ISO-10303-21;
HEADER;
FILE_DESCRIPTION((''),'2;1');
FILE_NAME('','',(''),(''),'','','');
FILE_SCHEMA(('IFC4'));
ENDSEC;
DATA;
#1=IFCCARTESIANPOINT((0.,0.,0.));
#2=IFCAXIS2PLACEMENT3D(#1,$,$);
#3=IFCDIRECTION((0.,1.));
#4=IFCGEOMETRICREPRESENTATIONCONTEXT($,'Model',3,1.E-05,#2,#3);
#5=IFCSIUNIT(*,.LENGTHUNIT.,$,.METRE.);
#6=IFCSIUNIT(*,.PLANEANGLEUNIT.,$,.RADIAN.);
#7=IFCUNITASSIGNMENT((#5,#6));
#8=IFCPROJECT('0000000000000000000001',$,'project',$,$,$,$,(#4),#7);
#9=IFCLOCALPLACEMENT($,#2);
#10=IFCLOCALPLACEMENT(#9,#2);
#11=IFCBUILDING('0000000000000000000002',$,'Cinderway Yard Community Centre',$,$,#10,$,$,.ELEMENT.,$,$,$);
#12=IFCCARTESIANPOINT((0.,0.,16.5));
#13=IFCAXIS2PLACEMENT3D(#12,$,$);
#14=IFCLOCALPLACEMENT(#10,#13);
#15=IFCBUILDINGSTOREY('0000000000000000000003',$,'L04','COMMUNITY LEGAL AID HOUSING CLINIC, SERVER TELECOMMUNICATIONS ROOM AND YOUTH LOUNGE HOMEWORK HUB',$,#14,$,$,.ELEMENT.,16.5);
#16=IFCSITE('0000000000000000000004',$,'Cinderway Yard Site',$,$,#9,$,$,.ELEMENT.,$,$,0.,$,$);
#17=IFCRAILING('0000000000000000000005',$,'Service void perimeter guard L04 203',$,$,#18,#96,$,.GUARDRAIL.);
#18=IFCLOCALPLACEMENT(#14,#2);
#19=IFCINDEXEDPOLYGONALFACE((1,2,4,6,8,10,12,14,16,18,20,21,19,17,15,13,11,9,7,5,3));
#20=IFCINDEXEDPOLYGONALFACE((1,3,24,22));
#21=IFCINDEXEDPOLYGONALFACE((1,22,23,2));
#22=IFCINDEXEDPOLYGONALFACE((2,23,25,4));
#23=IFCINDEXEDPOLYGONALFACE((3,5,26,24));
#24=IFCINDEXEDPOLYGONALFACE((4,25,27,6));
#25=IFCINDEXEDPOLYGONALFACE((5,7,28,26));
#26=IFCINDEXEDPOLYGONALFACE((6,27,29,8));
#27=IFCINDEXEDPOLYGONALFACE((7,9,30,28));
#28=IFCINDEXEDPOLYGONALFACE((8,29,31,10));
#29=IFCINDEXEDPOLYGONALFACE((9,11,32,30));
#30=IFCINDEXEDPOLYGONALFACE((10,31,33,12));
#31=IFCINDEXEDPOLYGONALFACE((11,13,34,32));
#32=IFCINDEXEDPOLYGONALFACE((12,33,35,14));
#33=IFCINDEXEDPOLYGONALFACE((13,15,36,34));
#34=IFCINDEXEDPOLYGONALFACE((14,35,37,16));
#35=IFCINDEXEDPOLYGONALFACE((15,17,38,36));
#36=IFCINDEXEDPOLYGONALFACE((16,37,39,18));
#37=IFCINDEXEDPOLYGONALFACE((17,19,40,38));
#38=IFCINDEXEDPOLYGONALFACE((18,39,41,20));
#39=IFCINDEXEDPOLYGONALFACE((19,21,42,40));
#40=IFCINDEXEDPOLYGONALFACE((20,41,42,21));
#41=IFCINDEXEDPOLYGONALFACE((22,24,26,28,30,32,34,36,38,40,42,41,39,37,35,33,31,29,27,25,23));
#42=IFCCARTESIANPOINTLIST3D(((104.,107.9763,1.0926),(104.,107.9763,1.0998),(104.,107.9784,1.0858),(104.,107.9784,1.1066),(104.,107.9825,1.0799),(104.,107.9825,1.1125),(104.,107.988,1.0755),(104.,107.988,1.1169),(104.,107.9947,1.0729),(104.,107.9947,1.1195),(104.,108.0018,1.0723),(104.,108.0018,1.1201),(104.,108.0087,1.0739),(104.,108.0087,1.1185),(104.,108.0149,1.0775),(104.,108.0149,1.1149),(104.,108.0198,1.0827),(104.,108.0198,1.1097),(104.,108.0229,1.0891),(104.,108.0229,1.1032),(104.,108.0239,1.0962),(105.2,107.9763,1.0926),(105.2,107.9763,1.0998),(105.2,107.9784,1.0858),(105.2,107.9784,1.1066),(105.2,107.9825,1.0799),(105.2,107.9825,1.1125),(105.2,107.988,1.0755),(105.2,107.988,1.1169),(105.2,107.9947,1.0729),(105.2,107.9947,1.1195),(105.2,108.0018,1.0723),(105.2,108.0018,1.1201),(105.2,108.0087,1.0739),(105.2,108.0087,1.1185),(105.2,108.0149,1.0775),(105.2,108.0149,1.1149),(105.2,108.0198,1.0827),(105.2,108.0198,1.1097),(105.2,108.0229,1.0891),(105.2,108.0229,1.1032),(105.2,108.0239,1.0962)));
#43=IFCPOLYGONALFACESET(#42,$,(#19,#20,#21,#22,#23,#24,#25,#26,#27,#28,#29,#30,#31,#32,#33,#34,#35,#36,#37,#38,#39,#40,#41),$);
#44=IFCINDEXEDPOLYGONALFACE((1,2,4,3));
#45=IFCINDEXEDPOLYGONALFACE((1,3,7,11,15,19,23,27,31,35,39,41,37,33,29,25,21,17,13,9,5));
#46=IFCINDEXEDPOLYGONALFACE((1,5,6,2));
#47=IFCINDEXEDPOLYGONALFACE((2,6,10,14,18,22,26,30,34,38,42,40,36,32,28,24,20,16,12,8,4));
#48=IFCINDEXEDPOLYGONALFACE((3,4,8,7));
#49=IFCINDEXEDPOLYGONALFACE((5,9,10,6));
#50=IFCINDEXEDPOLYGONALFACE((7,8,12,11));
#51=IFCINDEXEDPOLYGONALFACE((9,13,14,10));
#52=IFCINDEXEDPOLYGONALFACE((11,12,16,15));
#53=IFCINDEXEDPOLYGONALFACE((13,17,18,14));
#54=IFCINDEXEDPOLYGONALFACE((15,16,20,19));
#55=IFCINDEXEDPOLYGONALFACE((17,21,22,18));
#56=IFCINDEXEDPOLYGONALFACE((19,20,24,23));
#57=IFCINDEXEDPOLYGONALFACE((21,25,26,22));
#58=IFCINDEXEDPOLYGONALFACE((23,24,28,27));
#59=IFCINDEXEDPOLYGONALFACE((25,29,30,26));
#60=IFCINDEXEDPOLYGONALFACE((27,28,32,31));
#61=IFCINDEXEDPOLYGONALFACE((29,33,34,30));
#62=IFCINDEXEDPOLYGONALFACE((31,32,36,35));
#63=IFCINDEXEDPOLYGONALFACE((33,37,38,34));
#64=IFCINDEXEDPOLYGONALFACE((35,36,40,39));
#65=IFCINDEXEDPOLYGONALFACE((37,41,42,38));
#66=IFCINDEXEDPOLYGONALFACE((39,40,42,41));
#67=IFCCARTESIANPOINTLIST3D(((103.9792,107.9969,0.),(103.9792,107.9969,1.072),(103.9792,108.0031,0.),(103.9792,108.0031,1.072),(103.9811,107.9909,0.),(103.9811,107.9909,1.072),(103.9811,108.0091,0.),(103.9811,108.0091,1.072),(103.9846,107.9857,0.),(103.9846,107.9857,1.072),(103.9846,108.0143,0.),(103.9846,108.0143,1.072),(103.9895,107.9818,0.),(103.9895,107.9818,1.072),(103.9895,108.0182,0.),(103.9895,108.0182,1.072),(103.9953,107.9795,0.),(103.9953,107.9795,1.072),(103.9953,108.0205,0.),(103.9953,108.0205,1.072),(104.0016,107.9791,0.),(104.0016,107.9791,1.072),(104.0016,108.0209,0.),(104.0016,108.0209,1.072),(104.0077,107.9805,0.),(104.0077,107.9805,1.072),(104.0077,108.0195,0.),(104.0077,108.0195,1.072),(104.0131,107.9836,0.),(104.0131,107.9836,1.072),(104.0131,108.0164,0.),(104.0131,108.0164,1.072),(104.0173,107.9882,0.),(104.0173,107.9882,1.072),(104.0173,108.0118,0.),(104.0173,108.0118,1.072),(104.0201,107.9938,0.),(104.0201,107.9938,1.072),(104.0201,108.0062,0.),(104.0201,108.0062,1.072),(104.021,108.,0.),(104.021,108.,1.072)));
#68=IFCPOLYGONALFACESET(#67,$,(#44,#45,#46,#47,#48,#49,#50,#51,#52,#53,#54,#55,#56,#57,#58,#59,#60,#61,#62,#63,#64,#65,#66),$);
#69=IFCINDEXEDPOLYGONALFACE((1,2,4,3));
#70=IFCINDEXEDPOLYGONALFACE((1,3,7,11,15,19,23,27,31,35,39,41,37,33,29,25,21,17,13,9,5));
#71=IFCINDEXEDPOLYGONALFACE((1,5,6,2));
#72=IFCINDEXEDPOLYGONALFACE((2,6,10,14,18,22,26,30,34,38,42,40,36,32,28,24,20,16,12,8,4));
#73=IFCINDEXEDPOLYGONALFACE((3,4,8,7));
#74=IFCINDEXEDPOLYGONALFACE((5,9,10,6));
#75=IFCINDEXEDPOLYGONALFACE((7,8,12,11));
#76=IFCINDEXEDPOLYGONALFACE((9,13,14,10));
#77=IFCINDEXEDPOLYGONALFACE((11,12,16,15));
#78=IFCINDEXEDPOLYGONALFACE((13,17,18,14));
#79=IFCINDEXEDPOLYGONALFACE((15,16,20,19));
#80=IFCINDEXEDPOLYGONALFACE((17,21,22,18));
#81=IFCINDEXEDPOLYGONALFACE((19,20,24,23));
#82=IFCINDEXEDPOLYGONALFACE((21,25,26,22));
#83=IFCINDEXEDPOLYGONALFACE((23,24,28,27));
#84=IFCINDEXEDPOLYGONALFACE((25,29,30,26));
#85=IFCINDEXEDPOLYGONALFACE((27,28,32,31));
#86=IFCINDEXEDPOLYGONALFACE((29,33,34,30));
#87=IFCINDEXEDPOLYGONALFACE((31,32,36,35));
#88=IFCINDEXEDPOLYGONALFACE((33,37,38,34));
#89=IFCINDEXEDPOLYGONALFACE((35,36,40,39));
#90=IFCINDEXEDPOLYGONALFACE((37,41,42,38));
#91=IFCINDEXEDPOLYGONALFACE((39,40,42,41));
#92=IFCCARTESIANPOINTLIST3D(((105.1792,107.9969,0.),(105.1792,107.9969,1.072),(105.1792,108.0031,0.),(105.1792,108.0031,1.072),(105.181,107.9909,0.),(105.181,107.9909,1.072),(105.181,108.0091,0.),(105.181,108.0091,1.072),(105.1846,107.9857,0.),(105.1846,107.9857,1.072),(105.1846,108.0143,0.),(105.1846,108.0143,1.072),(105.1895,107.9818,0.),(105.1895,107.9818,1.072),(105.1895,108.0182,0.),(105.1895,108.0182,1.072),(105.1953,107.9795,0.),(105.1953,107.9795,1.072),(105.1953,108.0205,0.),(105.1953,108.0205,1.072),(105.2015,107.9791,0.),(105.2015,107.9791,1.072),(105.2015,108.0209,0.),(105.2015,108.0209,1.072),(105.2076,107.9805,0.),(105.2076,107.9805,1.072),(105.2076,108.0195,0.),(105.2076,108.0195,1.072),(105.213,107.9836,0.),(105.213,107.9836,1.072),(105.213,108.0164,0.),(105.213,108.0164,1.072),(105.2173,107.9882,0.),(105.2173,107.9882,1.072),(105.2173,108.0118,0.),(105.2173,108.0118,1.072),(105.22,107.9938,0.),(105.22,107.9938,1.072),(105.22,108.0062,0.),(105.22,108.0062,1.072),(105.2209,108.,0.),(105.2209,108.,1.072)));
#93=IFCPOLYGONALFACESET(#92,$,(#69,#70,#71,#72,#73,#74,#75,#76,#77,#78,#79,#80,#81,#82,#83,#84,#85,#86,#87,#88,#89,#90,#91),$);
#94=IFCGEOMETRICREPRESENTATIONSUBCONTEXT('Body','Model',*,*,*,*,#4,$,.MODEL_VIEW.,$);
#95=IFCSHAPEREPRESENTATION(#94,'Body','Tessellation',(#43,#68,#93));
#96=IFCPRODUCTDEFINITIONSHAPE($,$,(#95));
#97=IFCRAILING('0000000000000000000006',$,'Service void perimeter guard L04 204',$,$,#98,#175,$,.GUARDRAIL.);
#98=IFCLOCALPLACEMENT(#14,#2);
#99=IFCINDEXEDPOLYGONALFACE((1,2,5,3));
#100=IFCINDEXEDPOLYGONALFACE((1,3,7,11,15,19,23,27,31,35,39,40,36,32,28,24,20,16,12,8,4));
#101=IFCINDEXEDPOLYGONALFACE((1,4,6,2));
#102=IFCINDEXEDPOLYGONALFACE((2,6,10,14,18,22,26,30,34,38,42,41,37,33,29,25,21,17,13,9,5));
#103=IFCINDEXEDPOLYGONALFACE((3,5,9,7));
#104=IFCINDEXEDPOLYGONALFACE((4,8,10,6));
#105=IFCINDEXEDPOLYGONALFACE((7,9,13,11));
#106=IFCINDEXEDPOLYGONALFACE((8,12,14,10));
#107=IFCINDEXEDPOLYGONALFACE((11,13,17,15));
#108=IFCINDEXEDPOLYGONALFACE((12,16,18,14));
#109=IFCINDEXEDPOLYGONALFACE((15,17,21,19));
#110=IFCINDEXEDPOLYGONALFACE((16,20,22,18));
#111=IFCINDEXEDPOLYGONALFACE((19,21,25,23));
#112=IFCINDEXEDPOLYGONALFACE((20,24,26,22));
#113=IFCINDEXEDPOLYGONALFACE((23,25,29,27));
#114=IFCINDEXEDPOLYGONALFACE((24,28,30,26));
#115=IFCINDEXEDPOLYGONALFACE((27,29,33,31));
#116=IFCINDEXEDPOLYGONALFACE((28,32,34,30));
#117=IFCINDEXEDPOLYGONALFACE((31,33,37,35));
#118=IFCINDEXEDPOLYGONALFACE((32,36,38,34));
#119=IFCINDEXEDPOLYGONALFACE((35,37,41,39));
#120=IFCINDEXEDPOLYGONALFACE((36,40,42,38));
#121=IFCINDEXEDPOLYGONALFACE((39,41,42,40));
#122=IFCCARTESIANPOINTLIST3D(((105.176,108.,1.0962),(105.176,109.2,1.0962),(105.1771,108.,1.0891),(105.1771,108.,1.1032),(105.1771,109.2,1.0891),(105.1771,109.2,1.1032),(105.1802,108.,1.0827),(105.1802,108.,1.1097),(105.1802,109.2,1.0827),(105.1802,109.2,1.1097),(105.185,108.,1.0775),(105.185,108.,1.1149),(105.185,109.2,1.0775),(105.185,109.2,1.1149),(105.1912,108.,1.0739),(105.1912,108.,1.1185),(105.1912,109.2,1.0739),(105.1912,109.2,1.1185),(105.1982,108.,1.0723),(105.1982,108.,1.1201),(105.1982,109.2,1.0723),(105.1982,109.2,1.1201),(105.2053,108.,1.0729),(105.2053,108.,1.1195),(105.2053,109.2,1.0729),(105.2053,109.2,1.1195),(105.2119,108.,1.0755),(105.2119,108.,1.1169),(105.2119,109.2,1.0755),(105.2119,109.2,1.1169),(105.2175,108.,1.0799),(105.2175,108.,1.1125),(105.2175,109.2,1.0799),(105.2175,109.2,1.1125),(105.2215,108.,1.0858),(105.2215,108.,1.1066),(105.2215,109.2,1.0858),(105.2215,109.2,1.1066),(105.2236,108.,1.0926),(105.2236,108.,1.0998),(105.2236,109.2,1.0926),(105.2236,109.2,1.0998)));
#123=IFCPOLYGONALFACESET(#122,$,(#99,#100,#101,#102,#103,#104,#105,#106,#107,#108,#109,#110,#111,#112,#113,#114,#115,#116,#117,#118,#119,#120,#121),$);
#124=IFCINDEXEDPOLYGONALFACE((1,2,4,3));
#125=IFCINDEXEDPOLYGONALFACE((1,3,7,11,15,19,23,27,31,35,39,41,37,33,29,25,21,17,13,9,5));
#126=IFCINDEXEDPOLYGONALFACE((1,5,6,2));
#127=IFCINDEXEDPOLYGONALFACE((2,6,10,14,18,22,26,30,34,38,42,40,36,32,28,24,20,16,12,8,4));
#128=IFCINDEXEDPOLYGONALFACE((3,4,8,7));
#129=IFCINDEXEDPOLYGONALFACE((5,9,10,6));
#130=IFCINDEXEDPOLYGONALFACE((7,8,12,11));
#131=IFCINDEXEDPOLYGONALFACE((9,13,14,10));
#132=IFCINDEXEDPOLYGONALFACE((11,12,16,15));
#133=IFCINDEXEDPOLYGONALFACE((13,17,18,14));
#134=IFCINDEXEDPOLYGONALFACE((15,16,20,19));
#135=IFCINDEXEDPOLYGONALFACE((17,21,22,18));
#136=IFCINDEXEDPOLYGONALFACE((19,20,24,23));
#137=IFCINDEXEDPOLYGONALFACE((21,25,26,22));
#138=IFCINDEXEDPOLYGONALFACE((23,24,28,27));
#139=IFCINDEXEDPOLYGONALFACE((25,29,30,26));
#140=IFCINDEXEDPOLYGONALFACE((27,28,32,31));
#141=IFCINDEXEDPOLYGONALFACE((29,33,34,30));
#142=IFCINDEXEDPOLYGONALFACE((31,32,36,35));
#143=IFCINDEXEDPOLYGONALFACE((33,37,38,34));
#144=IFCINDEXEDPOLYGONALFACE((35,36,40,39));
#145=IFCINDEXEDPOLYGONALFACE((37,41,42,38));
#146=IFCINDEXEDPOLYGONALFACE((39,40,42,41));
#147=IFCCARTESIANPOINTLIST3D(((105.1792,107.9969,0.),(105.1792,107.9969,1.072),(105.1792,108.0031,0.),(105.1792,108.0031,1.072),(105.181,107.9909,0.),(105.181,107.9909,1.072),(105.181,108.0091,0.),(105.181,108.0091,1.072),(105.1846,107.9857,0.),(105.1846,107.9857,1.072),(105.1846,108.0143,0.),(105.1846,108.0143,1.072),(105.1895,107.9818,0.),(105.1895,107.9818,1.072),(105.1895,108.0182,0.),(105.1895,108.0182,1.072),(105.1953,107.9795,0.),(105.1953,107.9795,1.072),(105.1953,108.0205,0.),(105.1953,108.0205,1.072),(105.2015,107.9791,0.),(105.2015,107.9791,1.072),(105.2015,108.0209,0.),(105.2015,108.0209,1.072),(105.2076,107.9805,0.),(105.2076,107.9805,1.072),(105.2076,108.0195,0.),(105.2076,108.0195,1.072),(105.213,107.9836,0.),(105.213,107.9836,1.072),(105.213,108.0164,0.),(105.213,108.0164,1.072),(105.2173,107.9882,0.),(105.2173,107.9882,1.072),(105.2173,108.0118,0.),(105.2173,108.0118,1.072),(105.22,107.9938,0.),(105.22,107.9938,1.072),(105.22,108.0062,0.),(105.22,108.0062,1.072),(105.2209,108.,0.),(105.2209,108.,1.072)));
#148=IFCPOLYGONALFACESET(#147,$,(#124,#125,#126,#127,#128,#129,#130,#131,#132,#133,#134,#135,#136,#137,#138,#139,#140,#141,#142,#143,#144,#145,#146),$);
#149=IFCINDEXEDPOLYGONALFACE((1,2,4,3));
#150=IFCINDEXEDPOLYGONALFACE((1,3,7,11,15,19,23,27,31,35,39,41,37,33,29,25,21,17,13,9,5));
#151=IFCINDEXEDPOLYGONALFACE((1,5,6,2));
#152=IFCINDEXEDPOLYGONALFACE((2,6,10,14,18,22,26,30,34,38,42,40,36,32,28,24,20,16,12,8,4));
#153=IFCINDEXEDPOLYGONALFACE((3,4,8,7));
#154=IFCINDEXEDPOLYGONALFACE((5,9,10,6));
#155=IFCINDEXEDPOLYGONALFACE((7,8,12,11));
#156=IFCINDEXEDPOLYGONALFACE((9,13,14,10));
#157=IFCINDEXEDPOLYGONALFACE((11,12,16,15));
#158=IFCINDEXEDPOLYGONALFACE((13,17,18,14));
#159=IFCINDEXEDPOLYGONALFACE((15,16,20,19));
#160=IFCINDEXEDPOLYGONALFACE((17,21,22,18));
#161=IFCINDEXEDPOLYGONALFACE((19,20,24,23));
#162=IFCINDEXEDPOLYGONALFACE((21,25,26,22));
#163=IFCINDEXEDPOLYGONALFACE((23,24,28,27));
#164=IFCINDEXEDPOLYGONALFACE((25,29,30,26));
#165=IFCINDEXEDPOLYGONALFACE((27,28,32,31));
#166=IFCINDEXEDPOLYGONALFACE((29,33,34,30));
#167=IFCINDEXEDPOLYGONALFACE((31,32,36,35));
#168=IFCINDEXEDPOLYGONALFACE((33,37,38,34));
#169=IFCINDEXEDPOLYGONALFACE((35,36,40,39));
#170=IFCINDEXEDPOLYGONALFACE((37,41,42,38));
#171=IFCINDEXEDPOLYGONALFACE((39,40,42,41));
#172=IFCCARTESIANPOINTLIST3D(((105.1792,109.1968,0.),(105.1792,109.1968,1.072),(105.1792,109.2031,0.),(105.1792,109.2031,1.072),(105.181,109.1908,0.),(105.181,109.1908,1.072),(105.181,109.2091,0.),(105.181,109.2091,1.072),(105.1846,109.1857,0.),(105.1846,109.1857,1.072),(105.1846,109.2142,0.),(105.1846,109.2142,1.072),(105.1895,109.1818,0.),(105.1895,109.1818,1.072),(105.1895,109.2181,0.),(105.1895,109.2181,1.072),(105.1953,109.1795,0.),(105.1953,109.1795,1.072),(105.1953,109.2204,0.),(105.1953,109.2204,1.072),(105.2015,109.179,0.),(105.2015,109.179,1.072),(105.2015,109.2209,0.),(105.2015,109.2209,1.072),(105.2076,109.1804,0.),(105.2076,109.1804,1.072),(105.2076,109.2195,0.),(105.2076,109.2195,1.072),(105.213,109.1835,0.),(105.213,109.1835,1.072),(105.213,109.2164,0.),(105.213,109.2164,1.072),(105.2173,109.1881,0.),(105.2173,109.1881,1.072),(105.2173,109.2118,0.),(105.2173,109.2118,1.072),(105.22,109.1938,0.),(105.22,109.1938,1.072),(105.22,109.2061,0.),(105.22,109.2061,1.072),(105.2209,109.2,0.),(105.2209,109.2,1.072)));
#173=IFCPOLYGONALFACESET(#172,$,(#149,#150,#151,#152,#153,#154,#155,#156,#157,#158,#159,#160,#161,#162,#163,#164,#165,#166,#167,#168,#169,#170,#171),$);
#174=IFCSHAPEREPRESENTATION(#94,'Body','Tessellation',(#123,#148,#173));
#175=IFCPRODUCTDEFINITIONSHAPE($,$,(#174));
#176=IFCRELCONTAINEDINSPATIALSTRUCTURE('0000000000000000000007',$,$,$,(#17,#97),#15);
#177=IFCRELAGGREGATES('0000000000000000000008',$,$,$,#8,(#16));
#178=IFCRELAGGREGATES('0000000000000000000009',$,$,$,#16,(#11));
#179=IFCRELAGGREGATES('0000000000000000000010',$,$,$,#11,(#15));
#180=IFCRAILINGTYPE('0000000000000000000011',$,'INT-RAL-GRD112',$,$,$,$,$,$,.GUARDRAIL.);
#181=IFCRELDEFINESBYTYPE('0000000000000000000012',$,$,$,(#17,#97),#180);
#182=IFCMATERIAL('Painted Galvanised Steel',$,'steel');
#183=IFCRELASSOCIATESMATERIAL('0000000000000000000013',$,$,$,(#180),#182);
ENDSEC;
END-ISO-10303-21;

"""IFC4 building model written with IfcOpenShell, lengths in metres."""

from ifc_helpers import new_model, si_unit, direction, frame, origin, origin_2d, place, context, subcontext, project, spatial, circle, extrude, material, type_object, element, save


model = new_model("IFC4")

# Units and contexts
model_context = context("Model", 3, precision=1e-05, world=origin(), true_north=direction((0.0, 1.0)))
body_context = subcontext(model_context, "Body", "Model", "MODEL_VIEW")
ifc_project = project(units=[si_unit("LENGTHUNIT", "METRE"), si_unit("PLANEANGLEUNIT", "RADIAN")], contexts=[model_context])

# Site, building, storey
site_placement = place(None, origin())
site = spatial("IfcSite", under=ifc_project, at=site_placement, Name="Cinderway Yard Site", CompositionType="ELEMENT", RefElevation=0.0)
building_placement = place(site_placement, origin())
building = spatial("IfcBuilding", under=site, at=building_placement, Name="Cinderway Yard Community Centre", CompositionType="ELEMENT")
storey_placement = place(building_placement, frame((0.0, 0.0, 16.5)))
storey = spatial("IfcBuildingStorey", under=building, at=storey_placement, Name="L04", Description="COMMUNITY LEGAL AID HOUSING CLINIC, SERVER TELECOMMUNICATIONS ROOM AND YOUTH LOUNGE HOMEWORK HUB", CompositionType="ELEMENT", Elevation=16.5)

# Railings
ifc_material_1 = material(Name="Painted Galvanised Steel", Category="steel")
railing_type = type_object("IfcRailingType", Name="INT-RAL-GRD112", PredefinedType="GUARDRAIL", material=ifc_material_1)
railing_1_placement = place(storey_placement, frame((104.0, 108.0, 0.0)))
element("IfcRailing", 1, at=railing_1_placement, inside=storey, type_object=railing_type, Name="Service void perimeter guard L04 203", PredefinedType="GUARDRAIL", context=body_context, shape_type="SweptSolid", body=[
    extrude(circle(Radius=0.0239, at=origin_2d()), frame((0.0, 0.0, 1.0962), z_axis=(1.0, 0.0, 0.0), x_axis=(0.0, 1.0, 0.0)), (0.0, 0.0, 1.0), 1.2),
    extrude(circle(Radius=0.021, at=origin_2d()), origin(), (0.0, 0.0, 1.0), 1.072),
    extrude(circle(Radius=0.021, at=origin_2d()), frame((1.2, 0.0, 0.0)), (0.0, 0.0, 1.0), 1.072),
])
railing_2_placement = place(storey_placement, frame((105.2, 108.0, 0.0)))
element("IfcRailing", 2, at=railing_2_placement, inside=storey, type_object=railing_type, Name="Service void perimeter guard L04 204", PredefinedType="GUARDRAIL", context=body_context, shape_type="SweptSolid", body=[
    extrude(circle(Radius=0.0239, at=origin_2d()), frame((0.0, 0.0, 1.0962), z_axis=(0.0, 1.0, 0.0), x_axis=(-1.0, 0.0, 0.0)), (0.0, 0.0, 1.0), 1.2),
    extrude(circle(Radius=0.021, at=origin_2d()), origin(), (0.0, 0.0, 1.0), 1.072),
    extrude(circle(Radius=0.021, at=origin_2d()), frame((0.0, 1.2, 0.0)), (0.0, 0.0, 1.0), 1.072),
])

save(model, "model.ifc")
